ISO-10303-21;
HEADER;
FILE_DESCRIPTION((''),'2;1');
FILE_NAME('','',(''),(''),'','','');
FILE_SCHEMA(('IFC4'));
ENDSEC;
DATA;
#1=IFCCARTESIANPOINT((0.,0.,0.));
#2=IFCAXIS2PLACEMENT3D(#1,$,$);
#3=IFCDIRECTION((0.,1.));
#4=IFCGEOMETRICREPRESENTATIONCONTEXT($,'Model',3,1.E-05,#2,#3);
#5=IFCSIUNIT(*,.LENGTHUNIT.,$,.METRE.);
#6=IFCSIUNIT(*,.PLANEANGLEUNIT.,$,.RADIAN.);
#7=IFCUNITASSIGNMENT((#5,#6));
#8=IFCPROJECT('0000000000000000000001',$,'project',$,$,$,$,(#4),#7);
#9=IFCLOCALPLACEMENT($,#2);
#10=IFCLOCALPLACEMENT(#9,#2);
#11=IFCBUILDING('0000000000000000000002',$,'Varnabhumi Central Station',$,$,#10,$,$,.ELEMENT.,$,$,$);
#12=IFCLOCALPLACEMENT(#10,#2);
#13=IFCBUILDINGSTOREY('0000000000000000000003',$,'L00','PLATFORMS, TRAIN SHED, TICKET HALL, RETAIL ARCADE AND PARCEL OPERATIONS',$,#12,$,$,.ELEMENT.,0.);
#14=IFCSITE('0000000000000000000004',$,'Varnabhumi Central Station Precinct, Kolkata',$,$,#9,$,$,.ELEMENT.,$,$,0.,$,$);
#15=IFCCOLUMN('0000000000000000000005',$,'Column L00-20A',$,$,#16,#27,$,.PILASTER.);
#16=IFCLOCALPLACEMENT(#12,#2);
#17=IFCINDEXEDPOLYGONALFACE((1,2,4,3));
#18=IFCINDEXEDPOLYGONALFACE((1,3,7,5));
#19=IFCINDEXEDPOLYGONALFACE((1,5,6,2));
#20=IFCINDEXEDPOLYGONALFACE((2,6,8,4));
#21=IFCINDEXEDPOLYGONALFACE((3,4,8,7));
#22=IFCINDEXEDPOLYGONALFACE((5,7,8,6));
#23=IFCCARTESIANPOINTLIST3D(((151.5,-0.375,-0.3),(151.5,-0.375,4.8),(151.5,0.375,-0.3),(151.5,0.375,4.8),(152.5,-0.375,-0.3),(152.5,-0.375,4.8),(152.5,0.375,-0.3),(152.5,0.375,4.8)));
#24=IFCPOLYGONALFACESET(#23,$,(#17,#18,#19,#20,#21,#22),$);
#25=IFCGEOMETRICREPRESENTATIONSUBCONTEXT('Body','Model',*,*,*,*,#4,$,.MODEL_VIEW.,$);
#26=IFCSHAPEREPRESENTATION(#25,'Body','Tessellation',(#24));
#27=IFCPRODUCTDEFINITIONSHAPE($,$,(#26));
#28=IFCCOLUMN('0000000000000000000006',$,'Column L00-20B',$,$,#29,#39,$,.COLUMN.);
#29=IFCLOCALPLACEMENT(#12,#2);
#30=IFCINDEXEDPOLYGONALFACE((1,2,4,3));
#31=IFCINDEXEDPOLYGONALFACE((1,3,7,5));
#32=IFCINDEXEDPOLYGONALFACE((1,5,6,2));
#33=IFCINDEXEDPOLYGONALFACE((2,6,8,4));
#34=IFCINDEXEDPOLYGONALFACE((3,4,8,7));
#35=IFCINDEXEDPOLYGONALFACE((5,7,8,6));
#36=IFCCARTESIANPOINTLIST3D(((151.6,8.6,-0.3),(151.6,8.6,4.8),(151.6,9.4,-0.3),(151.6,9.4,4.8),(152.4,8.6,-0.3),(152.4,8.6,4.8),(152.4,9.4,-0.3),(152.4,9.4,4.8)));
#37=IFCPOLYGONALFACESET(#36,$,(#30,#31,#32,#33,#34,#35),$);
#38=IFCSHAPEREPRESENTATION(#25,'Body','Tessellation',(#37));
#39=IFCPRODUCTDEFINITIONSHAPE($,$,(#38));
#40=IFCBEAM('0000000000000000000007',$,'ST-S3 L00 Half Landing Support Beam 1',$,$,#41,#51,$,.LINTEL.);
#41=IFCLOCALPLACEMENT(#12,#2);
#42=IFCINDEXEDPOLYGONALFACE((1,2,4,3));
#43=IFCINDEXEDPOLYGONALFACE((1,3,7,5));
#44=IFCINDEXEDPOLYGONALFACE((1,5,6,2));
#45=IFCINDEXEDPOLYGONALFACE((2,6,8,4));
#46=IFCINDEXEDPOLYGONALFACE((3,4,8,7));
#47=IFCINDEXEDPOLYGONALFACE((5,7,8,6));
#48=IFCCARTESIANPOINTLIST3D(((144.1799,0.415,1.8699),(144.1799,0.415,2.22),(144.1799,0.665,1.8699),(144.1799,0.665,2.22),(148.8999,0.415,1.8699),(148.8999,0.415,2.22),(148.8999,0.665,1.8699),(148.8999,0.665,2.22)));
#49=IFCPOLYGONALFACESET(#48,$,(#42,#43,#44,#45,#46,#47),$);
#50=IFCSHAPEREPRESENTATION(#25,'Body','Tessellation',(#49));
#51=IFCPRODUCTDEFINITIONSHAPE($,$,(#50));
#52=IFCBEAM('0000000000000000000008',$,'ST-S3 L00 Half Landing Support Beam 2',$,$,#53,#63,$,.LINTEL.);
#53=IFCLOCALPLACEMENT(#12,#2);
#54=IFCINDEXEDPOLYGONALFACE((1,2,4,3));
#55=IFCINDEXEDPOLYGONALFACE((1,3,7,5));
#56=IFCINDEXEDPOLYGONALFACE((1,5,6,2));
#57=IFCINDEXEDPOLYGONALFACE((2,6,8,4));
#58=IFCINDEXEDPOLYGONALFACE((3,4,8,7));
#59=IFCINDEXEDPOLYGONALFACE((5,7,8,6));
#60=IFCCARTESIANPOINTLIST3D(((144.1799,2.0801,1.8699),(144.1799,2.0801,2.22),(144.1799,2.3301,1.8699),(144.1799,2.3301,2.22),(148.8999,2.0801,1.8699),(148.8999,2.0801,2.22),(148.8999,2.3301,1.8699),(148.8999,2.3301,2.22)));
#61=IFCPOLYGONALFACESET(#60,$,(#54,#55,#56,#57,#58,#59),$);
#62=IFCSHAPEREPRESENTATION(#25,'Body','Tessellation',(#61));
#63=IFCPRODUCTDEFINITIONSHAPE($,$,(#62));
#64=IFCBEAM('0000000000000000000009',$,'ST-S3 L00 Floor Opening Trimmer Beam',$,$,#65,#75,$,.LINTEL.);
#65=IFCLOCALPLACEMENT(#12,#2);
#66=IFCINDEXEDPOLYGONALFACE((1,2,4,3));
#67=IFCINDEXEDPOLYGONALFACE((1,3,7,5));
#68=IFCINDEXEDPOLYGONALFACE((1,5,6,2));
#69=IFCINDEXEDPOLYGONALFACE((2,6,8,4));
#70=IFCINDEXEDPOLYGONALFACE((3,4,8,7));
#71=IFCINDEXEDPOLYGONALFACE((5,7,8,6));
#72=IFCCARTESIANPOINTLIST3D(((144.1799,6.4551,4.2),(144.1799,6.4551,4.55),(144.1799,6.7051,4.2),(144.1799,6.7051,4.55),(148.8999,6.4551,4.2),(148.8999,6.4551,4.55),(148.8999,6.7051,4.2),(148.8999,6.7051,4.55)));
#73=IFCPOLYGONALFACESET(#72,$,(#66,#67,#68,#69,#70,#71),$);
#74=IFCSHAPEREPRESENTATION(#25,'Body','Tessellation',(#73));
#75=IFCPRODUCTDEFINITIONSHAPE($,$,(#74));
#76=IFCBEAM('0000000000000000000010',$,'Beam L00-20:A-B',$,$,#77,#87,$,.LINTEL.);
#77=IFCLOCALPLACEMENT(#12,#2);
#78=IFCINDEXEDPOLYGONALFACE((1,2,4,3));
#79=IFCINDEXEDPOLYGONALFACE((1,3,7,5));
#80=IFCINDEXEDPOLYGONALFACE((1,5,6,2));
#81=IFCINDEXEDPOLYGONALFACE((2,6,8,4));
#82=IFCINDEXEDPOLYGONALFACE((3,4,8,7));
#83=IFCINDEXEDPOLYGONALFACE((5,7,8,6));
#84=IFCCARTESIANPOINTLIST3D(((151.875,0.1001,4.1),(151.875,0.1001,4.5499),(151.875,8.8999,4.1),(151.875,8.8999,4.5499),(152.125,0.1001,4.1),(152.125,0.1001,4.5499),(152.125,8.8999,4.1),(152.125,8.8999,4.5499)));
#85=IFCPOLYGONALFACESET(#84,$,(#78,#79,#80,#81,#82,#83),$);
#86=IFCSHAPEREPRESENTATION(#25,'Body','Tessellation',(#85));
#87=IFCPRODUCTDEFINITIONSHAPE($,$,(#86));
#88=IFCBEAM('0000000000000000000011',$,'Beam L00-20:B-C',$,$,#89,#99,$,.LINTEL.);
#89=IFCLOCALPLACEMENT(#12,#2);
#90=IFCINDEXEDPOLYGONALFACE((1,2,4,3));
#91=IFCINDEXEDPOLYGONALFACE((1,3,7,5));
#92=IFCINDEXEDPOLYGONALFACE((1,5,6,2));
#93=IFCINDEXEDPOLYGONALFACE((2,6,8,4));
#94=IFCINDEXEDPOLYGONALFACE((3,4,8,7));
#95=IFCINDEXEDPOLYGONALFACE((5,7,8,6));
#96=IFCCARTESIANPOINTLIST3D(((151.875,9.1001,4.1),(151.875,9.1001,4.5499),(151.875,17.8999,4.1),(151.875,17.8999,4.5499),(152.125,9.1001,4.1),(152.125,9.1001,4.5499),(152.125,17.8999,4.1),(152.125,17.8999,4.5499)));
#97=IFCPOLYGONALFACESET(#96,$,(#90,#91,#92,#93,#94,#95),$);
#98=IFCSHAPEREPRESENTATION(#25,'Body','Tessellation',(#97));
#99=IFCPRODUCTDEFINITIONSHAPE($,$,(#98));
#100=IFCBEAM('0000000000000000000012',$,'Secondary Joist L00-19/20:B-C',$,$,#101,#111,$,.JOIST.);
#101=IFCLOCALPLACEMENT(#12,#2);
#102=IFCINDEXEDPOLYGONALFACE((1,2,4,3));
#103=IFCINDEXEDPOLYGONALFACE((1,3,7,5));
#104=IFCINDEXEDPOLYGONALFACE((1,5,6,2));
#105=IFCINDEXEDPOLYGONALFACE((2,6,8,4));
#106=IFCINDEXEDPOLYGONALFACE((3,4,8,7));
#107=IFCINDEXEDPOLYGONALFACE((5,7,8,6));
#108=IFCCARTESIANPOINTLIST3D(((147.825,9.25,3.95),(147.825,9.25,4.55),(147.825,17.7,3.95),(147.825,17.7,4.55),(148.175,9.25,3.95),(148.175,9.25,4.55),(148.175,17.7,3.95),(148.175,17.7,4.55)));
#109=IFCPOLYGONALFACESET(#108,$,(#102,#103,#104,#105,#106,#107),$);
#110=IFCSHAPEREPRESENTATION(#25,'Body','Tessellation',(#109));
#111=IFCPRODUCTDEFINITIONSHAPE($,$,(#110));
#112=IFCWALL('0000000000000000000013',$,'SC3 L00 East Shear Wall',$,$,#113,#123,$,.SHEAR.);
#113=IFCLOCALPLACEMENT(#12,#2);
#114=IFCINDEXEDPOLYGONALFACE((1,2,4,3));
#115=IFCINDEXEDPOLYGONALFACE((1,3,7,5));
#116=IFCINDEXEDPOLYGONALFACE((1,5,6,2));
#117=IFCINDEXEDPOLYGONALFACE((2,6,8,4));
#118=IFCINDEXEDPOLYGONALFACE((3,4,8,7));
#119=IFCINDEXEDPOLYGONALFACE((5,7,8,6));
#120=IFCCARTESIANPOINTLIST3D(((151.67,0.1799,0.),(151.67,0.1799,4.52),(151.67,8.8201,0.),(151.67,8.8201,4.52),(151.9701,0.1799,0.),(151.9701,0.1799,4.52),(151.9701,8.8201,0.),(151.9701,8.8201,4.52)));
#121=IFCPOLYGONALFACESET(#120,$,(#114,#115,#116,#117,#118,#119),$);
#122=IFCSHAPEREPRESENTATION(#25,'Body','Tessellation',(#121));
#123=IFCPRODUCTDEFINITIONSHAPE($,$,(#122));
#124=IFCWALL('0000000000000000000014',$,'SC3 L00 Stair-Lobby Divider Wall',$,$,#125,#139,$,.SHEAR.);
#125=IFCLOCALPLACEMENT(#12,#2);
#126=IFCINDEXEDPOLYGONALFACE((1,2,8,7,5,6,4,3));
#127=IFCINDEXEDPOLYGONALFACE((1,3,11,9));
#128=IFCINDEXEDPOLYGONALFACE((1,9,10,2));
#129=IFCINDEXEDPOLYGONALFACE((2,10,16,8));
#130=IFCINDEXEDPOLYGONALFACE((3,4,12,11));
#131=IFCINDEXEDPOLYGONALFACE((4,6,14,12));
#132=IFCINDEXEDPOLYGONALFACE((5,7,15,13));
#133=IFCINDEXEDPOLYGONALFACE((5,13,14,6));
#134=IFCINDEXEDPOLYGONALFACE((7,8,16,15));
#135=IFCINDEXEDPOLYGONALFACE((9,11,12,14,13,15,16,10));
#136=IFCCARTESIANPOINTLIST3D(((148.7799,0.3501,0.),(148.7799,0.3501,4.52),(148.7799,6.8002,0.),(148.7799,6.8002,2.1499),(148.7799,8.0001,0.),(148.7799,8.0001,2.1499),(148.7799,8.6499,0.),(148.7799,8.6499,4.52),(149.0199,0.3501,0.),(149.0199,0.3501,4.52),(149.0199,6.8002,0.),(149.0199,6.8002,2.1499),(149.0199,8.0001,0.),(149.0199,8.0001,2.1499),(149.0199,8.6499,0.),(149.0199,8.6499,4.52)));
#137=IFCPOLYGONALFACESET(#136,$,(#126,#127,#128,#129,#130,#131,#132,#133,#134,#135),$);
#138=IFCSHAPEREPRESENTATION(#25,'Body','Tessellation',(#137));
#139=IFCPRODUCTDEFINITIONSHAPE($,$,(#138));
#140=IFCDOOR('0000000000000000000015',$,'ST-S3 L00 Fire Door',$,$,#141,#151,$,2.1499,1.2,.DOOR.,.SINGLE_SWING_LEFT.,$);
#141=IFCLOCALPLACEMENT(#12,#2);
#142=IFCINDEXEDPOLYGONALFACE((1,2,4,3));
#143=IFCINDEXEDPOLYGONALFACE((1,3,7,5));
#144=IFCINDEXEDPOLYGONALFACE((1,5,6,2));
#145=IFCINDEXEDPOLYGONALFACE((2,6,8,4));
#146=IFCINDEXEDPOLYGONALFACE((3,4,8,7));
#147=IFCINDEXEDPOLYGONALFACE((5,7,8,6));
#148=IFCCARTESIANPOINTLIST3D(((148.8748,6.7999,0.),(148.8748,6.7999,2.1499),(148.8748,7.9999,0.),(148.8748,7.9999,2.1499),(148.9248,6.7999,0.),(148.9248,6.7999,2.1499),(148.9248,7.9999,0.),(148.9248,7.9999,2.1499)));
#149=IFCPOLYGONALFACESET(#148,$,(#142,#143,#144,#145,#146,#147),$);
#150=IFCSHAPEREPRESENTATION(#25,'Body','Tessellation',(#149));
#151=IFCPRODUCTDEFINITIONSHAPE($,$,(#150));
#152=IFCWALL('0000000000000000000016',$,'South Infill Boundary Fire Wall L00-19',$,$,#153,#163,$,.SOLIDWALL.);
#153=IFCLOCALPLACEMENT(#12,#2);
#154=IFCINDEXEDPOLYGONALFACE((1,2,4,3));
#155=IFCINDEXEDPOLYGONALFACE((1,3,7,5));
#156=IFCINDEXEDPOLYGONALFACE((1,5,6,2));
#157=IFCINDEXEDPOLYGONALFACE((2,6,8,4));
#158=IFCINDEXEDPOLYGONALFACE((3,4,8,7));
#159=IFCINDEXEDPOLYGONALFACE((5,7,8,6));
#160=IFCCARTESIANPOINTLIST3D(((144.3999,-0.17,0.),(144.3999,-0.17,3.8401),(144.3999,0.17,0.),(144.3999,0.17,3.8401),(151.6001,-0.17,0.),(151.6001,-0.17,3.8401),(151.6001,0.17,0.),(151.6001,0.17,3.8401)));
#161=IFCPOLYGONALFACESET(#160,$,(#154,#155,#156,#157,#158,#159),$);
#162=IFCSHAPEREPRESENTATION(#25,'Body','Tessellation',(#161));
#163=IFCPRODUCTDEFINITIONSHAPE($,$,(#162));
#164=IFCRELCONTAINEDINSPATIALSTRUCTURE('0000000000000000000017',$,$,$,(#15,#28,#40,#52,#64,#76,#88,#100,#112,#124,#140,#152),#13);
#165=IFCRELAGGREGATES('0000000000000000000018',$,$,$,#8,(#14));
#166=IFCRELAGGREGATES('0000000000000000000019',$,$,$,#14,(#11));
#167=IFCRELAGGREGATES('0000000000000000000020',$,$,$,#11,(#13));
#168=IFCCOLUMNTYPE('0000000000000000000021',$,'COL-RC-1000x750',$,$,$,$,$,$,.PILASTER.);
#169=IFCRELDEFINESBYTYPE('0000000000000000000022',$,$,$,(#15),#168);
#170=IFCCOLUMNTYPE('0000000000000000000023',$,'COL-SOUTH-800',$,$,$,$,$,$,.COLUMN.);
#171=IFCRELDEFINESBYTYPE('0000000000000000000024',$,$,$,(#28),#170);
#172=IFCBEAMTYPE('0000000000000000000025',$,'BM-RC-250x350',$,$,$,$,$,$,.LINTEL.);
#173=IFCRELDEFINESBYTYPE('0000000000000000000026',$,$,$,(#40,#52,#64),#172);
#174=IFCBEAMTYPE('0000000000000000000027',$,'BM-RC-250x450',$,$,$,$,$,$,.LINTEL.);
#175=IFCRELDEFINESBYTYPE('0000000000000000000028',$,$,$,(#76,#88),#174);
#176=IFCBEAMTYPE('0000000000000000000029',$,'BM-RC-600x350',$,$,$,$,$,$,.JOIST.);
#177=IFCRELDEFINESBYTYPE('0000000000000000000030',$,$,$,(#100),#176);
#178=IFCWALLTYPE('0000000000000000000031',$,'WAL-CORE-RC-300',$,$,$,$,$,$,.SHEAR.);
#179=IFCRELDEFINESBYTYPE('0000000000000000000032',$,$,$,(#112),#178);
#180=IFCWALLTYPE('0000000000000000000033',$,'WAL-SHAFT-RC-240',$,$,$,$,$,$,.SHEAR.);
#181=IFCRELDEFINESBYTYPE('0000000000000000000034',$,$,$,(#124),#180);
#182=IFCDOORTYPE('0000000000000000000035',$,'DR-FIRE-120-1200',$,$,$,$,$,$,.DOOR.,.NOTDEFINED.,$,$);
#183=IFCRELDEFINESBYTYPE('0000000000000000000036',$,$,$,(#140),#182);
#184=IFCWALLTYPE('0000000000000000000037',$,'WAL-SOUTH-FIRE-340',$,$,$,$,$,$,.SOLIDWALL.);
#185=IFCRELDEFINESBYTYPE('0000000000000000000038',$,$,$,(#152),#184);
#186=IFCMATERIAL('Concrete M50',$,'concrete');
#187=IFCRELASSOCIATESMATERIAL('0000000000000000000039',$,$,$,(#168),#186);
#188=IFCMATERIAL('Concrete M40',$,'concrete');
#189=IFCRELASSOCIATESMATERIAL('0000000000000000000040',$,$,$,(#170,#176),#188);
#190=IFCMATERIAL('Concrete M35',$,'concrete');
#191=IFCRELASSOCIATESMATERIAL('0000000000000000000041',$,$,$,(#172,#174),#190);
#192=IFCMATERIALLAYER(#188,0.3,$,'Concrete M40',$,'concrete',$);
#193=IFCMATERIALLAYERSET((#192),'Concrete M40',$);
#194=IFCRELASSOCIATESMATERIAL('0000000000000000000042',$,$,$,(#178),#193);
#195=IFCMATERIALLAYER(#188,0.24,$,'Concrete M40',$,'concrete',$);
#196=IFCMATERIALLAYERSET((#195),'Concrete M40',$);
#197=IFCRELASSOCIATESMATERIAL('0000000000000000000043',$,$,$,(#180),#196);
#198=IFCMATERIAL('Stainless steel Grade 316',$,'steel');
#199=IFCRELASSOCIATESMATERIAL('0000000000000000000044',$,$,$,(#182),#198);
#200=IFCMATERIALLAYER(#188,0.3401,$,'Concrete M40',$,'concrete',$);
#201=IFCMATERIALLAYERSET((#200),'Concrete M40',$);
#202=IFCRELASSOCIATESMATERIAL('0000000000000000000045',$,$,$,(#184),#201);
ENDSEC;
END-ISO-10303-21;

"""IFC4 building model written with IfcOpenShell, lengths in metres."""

from ifc_helpers import new_model, si_unit, direction, frame, frame_2d, origin, origin_2d, place, context, subcontext, project, spatial, rectangle, extrude, material, layer, layer_set, material_profile, profile_set, type_object, element, fill, save


model = new_model("IFC4")

# Units and contexts
model_context = context("Model", 3, precision=1e-05, world=origin(), true_north=direction((0.0, 1.0)))
body_context = subcontext(model_context, "Body", "Model", "MODEL_VIEW")
ifc_project = project(units=[si_unit("LENGTHUNIT", "METRE"), si_unit("PLANEANGLEUNIT", "RADIAN")], contexts=[model_context])

# Site, building, storey
site_placement = place(None, origin())
site = spatial("IfcSite", under=ifc_project, at=site_placement, Name="Varnabhumi Central Station Precinct, Kolkata", CompositionType="ELEMENT", RefElevation=0.0)
building_placement = place(site_placement, origin())
building = spatial("IfcBuilding", under=site, at=building_placement, Name="Varnabhumi Central Station", CompositionType="ELEMENT")
storey_placement = place(building_placement, origin())
storey = spatial("IfcBuildingStorey", under=building, at=storey_placement, Name="L00", Description="PLATFORMS, TRAIN SHED, TICKET HALL, RETAIL ARCADE AND PARCEL OPERATIONS", CompositionType="ELEMENT", Elevation=0.0)

# Shared definitions
ifc_material_1 = material(Name="Concrete M40", Category="concrete")

# Shared definitions
ifc_material_2 = material(Name="Concrete M35", Category="concrete")

# Columns
ifc_material_3 = material(Name="Concrete M50", Category="concrete")
ifc_material_profile_1 = material_profile(ifc_material_3, rectangle(XDim=1.0, YDim=0.75, at=origin_2d()), Name="Concrete M50", Category="concrete")
ifc_profile_set_1 = profile_set([ifc_material_profile_1], Name="Concrete M50")
column_type_1 = type_object("IfcColumnType", Name="COL-RC-1000x750", PredefinedType="PILASTER", material=ifc_profile_set_1)
column_1_placement = place(storey_placement, frame((152.0, 0.0, -0.3), z_axis=(0.0, 0.0, 1.0), x_axis=(1.0, 0.0, 0.0)))
element("IfcColumn", 1, at=column_1_placement, inside=storey, type_object=column_type_1, Name="Column L00-20A", PredefinedType="PILASTER", context=body_context, shape_type="SweptSolid", body=[
    extrude(rectangle(XDim=1.0, YDim=0.75, at=origin_2d()), origin(), (0.0, 0.0, 1.0), 5.1001),
])
ifc_material_profile_2 = material_profile(ifc_material_1, rectangle(XDim=0.8, YDim=0.8, at=origin_2d()), Name="Concrete M40", Category="concrete")
ifc_profile_set_2 = profile_set([ifc_material_profile_2], Name="Concrete M40")
column_type_2 = type_object("IfcColumnType", Name="COL-SOUTH-800", PredefinedType="COLUMN", material=ifc_profile_set_2)
column_2_placement = place(storey_placement, frame((152.0, 9.0, -0.3), z_axis=(0.0, 0.0, 1.0), x_axis=(1.0, 0.0, 0.0)))
element("IfcColumn", 2, at=column_2_placement, inside=storey, type_object=column_type_2, Name="Column L00-20B", PredefinedType="COLUMN", context=body_context, shape_type="SweptSolid", body=[
    extrude(rectangle(XDim=0.8, YDim=0.8, at=origin_2d()), origin(), (0.0, 0.0, 1.0), 5.1001),
])

# Beams
ifc_material_profile_3 = material_profile(ifc_material_2, rectangle(XDim=0.25, YDim=0.3501, at=origin_2d()), Name="Concrete M35", Category="concrete")
ifc_profile_set_3 = profile_set([ifc_material_profile_3], Name="Concrete M35")
beam_type_1 = type_object("IfcBeamType", Name="BM-RC-250x350", PredefinedType="LINTEL", material=ifc_profile_set_3)
for number, where, z_axis, x_axis, name in (
    (3, (144.1799, 0.54, 2.0449), (1.0, 0.0, 0.0), (0.0, 1.0, 0.0), "ST-S3 L00 Half Landing Support Beam 1"),
    (4, (144.1799, 2.2051, 2.0449), (1.0, 0.0, 0.0), (0.0, 1.0, 0.0), "ST-S3 L00 Half Landing Support Beam 2"),
    (5, (144.1799, 6.5801, 4.375), (1.0, 0.0, 0.0), (0.0, 1.0, 0.0), "ST-S3 L00 Floor Opening Trimmer Beam"),
):
    element("IfcBeam", number, at=place(storey_placement, frame(where, z_axis=z_axis, x_axis=x_axis)), inside=storey, type_object=beam_type_1, Name=name, PredefinedType="LINTEL", context=body_context, shape_type="SweptSolid", body=[
        extrude(rectangle(XDim=0.25, YDim=0.3501, at=origin_2d()), origin(), (0.0, 0.0, 1.0), 4.72),
    ])
ifc_material_profile_4 = material_profile(ifc_material_2, rectangle(XDim=0.25, YDim=0.45, at=origin_2d()), Name="Concrete M35", Category="concrete")
ifc_profile_set_4 = profile_set([ifc_material_profile_4], Name="Concrete M35")
beam_type_2 = type_object("IfcBeamType", Name="BM-RC-250x450", PredefinedType="LINTEL", material=ifc_profile_set_4)
for number, where, z_axis, x_axis, name in (
    (6, (152.0, 0.1001, 4.325), (0.0, 1.0, 0.0), (-1.0, 0.0, 0.0), "Beam L00-20:A-B"),
    (7, (152.0, 9.1001, 4.325), (0.0, 1.0, 0.0), (-1.0, 0.0, 0.0), "Beam L00-20:B-C"),
):
    element("IfcBeam", number, at=place(storey_placement, frame(where, z_axis=z_axis, x_axis=x_axis)), inside=storey, type_object=beam_type_2, Name=name, PredefinedType="LINTEL", context=body_context, shape_type="SweptSolid", body=[
        extrude(rectangle(XDim=0.25, YDim=0.45, at=origin_2d()), origin(), (0.0, 0.0, 1.0), 8.7998),
    ])
ifc_material_profile_5 = material_profile(ifc_material_1, rectangle(XDim=0.3501, YDim=0.6001, at=origin_2d()), Name="Concrete M40", Category="concrete")
ifc_profile_set_5 = profile_set([ifc_material_profile_5], Name="Concrete M40")
beam_type_3 = type_object("IfcBeamType", Name="BM-RC-600x350", PredefinedType="JOIST", material=ifc_profile_set_5)
beam_placement = place(storey_placement, frame((148.0, 9.25, 4.25), z_axis=(0.0, 1.0, 0.0), x_axis=(-1.0, 0.0, 0.0)))
element("IfcBeam", 8, at=beam_placement, inside=storey, type_object=beam_type_3, Name="Secondary Joist L00-19/20:B-C", PredefinedType="JOIST", context=body_context, shape_type="SweptSolid", body=[
    extrude(rectangle(XDim=0.3501, YDim=0.6001, at=origin_2d()), origin(), (0.0, 0.0, 1.0), 8.45),
])

# Wall
ifc_layer_1 = layer(ifc_material_1, 0.3, Name="Concrete M40", Category="concrete")
ifc_layer_set_1 = layer_set([ifc_layer_1], Name="Concrete M40")
wall_type_1 = type_object("IfcWallType", Name="WAL-CORE-RC-300", PredefinedType="SHEAR", material=ifc_layer_set_1)
wall_1_placement = place(storey_placement, frame((151.8201, 0.1799, 0.0), z_axis=(0.0, 0.0, 1.0), x_axis=(0.0, 1.0, 0.0)))
element("IfcWall", 9, at=wall_1_placement, inside=storey, type_object=wall_type_1, Name="SC3 L00 East Shear Wall", PredefinedType="SHEAR", context=body_context, shape_type="SweptSolid", body=[
    extrude(rectangle(XDim=8.6401, YDim=0.3, at=frame_2d((4.3201, 0.0))), origin(), (0.0, 0.0, 1.0), 4.52),
])

# Wall, opening, door
ifc_layer_2 = layer(ifc_material_1, 0.24, Name="Concrete M40", Category="concrete")
ifc_layer_set_2 = layer_set([ifc_layer_2], Name="Concrete M40")
wall_type_2 = type_object("IfcWallType", Name="WAL-SHAFT-RC-240", PredefinedType="SHEAR", material=ifc_layer_set_2)
wall_2_placement = place(storey_placement, frame((148.8999, 0.3501, 0.0), z_axis=(0.0, 0.0, 1.0), x_axis=(0.0, 1.0, 0.0)))
wall_2 = element("IfcWall", 10, at=wall_2_placement, inside=storey, type_object=wall_type_2, Name="SC3 L00 Stair-Lobby Divider Wall", PredefinedType="SHEAR", context=body_context, shape_type="SweptSolid", body=[
    extrude(rectangle(XDim=8.2998, YDim=0.24, at=frame_2d((4.1499, 0.0))), origin(), (0.0, 0.0, 1.0), 4.52),
])
opening_1_placement = place(wall_2_placement, frame((6.45, 0.0, 0.0)))
opening_1 = element("IfcOpeningElement", 11, at=opening_1_placement, cuts=wall_2, PredefinedType="OPENING", context=body_context, shape_type="SweptSolid", body=[
    extrude(rectangle(XDim=1.2, YDim=2.1499, at=frame_2d((0.6001, 1.075))), frame((0.0, 0.1299, 0.0), z_axis=(0.0, -1.0, 0.0), x_axis=(1.0, 0.0, 0.0)), (0.0, 0.0, 1.0), 0.26),
])
ifc_material_4 = material(Name="Stainless steel Grade 316", Category="steel")
door_type_1 = type_object("IfcDoorType", Name="DR-FIRE-120-1200", OperationType="NOTDEFINED", PredefinedType="DOOR", material=ifc_material_4)
door_1_placement = place(opening_1_placement, frame((1.2, 0.0, 0.0), z_axis=(0.0, 0.0, 1.0), x_axis=(-1.0, 0.0, 0.0)))
door_1 = element("IfcDoor", 12, at=door_1_placement, inside=storey, type_object=door_type_1, Name="ST-S3 L00 Fire Door", OperationType="SINGLE_SWING_LEFT", OverallHeight=2.1499, OverallWidth=1.2, PredefinedType="DOOR", context=body_context, shape_type="SweptSolid", body=[
    extrude(rectangle(XDim=1.2, YDim=2.1499, at=frame_2d((0.6001, 1.075))), frame((0.0, 0.0249, 0.0), z_axis=(0.0, -1.0, 0.0), x_axis=(1.0, 0.0, 0.0)), (0.0, 0.0, 1.0), 0.05),
])
fill(opening_1, door_1)

# Wall
ifc_layer_3 = layer(ifc_material_1, 0.3401, Name="Concrete M40", Category="concrete")
ifc_layer_set_3 = layer_set([ifc_layer_3], Name="Concrete M40")
wall_type_3 = type_object("IfcWallType", Name="WAL-SOUTH-FIRE-340", PredefinedType="SOLIDWALL", material=ifc_layer_set_3)
wall_3_placement = place(storey_placement, frame((144.3999, 0.0, 0.0), z_axis=(0.0, 0.0, 1.0), x_axis=(1.0, 0.0, 0.0)))
element("IfcWall", 13, at=wall_3_placement, inside=storey, type_object=wall_type_3, Name="South Infill Boundary Fire Wall L00-19", PredefinedType="SOLIDWALL", context=body_context, shape_type="SweptSolid", body=[
    extrude(rectangle(XDim=7.2002, YDim=0.3401, at=frame_2d((3.6001, 0.0))), origin(), (0.0, 0.0, 1.0), 3.8401),
])

save(model, "model.ifc")
